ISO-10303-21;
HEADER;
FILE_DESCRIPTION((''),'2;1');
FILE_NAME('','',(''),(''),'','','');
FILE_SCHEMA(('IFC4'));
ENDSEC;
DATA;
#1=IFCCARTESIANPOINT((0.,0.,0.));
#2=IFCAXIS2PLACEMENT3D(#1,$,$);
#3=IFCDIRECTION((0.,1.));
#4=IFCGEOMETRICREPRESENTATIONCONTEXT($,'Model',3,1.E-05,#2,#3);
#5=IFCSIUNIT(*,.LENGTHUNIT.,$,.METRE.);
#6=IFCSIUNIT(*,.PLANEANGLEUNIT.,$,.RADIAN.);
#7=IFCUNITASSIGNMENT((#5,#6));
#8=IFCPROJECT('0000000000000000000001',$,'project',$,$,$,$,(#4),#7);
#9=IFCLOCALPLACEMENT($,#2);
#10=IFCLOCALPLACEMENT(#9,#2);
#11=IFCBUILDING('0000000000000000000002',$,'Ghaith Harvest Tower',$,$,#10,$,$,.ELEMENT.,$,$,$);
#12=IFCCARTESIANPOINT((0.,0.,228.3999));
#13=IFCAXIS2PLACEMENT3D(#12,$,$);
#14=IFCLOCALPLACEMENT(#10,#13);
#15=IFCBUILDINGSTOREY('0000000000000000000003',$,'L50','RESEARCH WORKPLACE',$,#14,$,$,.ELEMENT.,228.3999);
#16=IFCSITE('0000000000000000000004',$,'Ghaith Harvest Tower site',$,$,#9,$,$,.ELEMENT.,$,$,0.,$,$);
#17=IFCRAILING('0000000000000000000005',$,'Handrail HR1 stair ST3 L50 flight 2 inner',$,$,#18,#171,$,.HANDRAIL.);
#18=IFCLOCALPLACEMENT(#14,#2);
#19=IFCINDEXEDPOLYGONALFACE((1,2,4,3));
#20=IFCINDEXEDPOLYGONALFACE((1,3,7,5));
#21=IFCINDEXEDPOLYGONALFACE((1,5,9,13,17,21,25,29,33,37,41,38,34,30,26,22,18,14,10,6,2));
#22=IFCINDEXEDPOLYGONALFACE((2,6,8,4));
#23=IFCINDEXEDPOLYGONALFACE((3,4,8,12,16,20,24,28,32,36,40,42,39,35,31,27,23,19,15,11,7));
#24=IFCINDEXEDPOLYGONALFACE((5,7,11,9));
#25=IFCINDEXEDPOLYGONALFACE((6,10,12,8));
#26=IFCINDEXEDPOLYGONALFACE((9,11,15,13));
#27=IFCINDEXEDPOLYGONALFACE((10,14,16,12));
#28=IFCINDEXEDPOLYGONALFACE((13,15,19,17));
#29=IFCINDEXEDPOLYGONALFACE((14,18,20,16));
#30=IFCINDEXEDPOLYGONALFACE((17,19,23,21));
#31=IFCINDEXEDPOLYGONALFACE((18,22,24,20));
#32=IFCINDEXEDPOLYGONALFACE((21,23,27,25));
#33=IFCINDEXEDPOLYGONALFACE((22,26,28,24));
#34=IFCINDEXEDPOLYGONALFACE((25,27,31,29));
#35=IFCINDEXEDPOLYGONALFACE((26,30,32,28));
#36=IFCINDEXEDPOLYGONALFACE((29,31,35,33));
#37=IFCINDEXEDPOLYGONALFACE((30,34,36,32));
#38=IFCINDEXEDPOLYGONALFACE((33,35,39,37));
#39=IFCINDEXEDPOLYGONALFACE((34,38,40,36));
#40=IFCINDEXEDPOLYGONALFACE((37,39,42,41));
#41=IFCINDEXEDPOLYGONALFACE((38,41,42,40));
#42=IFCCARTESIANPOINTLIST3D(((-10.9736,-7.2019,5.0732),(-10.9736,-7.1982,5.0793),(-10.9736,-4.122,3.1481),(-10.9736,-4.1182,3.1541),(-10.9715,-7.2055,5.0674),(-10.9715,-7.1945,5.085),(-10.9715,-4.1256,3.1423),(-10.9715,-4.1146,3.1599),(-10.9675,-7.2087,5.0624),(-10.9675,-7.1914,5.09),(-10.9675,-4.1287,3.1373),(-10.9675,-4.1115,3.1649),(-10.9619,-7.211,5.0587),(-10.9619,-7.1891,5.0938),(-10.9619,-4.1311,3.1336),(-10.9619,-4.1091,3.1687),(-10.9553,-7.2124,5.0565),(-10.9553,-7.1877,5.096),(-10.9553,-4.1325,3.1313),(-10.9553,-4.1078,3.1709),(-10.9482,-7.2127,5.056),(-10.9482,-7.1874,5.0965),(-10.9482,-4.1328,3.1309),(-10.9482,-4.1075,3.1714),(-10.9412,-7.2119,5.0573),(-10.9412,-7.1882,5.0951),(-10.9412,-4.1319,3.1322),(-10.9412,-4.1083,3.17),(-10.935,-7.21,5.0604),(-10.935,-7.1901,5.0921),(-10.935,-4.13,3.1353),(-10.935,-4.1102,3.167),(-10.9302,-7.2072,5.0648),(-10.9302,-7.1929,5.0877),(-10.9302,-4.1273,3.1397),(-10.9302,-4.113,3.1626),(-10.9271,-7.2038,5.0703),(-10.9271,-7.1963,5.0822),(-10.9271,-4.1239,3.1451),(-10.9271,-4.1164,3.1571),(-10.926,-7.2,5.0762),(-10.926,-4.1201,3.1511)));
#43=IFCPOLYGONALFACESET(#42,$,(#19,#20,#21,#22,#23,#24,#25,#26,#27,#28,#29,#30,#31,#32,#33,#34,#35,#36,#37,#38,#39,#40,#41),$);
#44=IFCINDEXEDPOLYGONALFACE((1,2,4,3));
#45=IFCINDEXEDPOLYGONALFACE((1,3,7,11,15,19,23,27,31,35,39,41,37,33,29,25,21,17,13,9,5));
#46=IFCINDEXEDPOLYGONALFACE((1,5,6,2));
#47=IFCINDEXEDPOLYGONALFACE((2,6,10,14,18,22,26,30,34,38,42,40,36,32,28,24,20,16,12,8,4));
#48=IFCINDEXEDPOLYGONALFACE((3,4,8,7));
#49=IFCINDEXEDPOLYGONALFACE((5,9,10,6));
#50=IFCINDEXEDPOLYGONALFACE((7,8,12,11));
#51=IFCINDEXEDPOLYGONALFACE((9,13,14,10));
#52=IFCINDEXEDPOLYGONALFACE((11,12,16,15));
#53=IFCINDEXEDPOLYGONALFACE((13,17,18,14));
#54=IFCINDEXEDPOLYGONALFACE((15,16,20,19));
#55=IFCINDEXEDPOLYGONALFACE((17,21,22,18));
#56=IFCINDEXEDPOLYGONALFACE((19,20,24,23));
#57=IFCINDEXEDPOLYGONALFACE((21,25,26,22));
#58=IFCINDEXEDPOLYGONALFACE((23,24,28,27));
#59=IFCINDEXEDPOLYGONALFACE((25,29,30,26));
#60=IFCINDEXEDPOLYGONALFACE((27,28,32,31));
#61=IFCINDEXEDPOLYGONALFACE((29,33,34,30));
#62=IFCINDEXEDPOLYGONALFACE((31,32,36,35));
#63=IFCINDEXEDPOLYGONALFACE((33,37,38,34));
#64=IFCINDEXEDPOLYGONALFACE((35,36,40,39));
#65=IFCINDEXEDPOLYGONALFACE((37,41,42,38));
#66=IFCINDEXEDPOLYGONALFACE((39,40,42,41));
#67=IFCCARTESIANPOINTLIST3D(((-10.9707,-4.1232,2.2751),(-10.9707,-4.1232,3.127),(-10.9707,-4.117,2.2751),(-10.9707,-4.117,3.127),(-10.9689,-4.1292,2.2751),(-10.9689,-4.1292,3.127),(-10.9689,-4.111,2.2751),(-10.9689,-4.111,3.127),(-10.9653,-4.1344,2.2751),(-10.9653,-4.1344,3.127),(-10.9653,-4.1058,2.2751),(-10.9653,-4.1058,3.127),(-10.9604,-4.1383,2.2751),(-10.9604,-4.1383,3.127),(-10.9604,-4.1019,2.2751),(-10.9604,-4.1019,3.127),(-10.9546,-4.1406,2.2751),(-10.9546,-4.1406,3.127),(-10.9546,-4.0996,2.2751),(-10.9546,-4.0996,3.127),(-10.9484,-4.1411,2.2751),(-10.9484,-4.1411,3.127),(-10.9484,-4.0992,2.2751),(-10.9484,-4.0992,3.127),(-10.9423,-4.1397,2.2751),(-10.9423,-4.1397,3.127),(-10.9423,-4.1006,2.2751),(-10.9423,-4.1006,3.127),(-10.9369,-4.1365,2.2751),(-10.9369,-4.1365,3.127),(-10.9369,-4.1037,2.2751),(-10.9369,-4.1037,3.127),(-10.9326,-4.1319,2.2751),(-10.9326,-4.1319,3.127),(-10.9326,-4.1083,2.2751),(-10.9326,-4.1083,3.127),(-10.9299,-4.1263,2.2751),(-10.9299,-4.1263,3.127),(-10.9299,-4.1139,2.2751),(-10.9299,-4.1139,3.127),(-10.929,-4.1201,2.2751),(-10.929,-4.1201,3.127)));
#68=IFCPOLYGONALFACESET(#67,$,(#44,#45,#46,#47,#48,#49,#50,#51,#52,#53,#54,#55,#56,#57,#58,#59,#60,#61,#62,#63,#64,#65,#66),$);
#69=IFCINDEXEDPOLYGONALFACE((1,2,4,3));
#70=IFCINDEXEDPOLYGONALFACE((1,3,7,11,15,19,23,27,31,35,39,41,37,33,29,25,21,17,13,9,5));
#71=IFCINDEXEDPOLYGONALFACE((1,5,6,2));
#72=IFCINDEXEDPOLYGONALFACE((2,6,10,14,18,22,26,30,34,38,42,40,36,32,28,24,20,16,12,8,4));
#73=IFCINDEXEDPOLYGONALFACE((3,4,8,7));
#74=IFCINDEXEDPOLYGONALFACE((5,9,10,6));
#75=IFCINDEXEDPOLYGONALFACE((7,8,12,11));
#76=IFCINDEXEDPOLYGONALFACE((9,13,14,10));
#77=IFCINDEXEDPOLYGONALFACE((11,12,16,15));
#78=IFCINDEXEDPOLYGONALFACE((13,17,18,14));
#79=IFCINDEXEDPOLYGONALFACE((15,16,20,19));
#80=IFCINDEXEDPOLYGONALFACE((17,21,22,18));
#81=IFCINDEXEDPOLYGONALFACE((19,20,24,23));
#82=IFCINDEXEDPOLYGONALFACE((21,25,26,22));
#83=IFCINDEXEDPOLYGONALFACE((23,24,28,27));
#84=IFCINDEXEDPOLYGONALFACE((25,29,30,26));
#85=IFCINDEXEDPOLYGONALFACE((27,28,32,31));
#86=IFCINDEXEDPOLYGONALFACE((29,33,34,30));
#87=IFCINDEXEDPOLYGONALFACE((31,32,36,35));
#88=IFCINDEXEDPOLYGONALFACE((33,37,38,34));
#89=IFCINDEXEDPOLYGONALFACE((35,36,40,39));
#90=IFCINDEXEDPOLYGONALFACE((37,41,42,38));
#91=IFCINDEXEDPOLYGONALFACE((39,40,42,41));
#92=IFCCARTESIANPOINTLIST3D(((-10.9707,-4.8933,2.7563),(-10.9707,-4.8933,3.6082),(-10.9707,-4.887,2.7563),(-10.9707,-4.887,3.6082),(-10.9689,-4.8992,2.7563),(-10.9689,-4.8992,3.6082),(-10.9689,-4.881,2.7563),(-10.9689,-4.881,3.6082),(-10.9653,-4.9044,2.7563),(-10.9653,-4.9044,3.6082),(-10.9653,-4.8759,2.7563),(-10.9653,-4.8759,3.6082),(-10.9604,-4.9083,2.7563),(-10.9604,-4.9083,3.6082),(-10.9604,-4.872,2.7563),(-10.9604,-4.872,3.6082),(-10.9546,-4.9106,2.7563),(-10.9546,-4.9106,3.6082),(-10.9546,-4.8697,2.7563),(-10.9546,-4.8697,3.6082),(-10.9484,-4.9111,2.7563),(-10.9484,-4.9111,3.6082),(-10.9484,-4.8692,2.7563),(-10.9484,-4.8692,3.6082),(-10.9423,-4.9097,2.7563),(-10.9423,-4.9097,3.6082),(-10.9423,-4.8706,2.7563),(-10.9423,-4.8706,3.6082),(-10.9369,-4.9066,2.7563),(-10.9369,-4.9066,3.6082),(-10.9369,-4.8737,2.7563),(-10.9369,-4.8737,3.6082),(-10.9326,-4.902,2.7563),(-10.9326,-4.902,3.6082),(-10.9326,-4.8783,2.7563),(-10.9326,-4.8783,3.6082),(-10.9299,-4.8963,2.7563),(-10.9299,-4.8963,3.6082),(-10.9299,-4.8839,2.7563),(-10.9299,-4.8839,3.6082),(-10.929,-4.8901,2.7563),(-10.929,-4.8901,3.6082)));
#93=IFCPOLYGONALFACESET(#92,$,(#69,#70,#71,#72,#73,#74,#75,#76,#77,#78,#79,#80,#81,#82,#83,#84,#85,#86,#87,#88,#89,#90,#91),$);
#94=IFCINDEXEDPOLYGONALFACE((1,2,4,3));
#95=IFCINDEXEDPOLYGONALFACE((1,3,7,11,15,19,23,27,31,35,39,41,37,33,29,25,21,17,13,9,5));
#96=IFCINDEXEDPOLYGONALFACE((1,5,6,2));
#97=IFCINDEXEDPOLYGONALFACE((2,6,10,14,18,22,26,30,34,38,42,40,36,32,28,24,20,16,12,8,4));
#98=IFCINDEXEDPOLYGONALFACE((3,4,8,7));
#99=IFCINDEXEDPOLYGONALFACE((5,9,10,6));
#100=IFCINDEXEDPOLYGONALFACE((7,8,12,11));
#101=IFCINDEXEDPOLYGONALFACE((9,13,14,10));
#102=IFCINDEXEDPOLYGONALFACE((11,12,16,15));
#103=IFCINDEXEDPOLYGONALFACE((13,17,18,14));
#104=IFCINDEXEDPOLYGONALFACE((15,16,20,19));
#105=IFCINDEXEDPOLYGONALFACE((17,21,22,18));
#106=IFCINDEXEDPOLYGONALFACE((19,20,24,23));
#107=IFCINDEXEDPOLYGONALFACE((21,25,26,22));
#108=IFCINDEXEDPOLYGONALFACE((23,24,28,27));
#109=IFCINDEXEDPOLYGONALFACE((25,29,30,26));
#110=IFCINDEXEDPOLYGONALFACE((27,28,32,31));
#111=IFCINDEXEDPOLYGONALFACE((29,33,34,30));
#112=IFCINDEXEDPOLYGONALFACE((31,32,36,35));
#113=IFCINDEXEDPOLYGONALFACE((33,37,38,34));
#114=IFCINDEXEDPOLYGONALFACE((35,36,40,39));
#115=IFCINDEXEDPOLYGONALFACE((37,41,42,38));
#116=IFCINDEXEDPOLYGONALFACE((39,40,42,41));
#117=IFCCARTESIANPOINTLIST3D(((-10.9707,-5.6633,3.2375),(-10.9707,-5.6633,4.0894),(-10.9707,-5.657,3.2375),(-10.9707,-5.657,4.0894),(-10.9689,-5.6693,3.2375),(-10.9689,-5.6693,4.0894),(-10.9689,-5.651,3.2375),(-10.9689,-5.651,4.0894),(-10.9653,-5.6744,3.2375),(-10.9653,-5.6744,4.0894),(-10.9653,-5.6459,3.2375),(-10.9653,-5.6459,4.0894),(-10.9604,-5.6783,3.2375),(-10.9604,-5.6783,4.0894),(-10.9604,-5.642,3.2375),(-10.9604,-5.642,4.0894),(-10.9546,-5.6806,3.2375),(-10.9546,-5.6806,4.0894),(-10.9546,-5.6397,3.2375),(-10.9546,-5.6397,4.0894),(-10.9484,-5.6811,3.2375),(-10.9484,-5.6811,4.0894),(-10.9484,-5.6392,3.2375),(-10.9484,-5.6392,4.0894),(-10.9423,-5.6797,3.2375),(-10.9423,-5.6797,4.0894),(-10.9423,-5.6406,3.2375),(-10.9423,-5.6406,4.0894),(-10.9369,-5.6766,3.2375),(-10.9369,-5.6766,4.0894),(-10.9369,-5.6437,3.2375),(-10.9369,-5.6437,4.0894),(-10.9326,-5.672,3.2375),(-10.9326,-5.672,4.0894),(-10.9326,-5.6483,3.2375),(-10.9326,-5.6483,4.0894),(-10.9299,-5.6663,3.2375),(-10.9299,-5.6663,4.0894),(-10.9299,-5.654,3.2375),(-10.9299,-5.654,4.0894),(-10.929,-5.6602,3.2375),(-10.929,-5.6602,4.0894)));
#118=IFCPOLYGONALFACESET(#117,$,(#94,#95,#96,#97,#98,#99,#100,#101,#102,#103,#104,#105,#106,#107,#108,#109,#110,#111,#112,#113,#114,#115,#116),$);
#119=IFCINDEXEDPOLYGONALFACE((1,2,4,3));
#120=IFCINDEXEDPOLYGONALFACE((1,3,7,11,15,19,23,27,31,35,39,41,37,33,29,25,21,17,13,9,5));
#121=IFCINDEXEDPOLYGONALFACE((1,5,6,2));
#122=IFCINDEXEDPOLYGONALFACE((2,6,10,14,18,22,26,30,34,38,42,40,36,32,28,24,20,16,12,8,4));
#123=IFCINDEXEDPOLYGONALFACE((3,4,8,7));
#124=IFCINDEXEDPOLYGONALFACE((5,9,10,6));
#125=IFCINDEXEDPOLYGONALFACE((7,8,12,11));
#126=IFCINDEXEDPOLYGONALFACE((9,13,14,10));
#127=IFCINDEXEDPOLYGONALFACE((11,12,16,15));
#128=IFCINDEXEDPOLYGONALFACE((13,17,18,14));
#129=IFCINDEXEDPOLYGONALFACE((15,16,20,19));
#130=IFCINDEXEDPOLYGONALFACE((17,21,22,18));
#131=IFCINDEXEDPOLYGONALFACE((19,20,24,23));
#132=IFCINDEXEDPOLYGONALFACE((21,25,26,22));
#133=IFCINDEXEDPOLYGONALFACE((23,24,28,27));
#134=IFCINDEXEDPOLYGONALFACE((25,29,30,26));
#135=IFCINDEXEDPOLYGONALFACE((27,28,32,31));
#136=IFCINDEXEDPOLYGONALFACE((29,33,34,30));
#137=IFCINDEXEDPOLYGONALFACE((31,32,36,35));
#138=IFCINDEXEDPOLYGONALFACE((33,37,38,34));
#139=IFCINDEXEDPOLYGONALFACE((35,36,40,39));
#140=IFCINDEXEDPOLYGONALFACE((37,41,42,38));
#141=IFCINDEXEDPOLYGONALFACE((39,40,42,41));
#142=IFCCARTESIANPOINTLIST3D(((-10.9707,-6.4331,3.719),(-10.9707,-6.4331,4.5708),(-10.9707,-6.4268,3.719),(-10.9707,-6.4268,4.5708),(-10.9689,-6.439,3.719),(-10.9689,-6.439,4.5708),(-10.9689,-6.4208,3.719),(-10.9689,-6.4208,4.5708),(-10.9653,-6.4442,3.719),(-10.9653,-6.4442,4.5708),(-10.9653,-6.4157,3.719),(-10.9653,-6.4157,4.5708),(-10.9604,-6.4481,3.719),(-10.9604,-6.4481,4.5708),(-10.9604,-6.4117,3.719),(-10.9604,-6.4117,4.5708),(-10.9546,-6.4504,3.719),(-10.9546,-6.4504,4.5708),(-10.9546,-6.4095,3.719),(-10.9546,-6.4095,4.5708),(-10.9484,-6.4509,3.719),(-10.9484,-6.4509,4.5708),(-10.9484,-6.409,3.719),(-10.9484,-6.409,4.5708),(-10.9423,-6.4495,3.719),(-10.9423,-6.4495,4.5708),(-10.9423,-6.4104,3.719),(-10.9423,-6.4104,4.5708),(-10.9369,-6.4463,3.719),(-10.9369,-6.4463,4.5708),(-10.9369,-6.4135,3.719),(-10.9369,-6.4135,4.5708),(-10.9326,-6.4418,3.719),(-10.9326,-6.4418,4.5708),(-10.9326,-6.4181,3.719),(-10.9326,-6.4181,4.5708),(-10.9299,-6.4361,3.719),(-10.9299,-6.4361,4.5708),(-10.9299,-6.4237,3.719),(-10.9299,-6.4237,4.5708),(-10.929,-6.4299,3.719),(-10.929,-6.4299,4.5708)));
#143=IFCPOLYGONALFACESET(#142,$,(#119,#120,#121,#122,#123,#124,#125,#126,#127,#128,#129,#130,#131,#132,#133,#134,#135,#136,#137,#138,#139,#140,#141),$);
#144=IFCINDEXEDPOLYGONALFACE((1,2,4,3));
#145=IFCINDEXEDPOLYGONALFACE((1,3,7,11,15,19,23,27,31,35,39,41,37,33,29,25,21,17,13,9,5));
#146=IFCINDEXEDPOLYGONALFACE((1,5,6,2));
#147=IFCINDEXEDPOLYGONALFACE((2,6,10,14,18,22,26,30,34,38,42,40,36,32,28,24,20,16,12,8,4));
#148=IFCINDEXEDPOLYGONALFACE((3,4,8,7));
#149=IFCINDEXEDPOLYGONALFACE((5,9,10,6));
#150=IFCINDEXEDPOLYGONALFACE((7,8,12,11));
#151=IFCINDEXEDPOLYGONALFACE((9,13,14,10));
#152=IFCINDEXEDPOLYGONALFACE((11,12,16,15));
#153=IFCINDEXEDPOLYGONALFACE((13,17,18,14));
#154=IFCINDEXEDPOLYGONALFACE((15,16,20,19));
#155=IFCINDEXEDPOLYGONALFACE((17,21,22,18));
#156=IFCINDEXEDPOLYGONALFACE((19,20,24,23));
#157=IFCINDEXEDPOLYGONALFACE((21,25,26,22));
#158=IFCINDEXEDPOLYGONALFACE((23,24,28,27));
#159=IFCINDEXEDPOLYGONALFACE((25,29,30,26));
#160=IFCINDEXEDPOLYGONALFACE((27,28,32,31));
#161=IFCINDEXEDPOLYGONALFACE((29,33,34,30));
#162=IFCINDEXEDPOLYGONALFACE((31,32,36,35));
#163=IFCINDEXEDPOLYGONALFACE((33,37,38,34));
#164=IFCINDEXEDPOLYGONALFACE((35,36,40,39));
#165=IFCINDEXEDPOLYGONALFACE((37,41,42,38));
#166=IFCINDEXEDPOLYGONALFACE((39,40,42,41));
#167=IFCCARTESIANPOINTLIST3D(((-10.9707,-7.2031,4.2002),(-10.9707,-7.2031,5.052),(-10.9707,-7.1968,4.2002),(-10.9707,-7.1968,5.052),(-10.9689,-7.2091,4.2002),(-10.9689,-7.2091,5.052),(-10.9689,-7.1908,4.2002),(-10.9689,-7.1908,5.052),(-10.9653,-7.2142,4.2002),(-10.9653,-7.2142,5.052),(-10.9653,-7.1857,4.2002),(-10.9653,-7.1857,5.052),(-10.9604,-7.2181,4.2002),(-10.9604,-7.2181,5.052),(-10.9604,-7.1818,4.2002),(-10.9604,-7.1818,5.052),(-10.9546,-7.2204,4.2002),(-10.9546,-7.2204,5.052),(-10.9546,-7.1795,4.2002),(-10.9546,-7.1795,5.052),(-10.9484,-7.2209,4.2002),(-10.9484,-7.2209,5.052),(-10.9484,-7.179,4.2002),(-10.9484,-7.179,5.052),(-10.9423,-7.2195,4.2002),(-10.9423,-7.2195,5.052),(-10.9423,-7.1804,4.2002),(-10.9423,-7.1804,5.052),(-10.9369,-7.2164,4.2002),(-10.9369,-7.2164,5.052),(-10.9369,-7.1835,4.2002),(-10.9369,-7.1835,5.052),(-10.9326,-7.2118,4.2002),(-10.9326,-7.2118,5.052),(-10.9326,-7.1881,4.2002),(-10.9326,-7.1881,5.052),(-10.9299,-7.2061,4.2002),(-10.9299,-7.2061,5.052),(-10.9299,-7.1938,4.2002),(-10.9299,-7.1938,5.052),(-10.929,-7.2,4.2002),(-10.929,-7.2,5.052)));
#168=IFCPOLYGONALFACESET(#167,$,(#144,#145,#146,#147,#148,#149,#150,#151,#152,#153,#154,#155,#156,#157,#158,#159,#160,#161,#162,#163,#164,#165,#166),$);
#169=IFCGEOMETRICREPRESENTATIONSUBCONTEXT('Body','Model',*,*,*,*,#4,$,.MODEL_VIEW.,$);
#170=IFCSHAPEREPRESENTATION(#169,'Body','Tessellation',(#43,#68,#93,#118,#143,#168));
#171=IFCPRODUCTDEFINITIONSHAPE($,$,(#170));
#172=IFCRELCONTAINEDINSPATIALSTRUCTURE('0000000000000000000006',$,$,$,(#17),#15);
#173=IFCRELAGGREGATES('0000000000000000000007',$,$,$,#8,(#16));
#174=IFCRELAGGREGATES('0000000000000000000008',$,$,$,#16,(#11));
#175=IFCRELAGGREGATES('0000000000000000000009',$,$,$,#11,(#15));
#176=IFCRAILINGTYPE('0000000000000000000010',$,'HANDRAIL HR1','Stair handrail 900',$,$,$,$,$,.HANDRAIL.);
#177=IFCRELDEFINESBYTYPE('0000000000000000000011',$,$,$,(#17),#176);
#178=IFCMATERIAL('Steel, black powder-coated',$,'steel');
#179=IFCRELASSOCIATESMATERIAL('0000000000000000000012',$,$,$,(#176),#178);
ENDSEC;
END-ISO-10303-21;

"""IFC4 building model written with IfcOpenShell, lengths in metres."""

from ifc_helpers import new_model, si_unit, direction, frame, origin, origin_2d, place, context, subcontext, project, spatial, circle, extrude, material, type_object, element, save


model = new_model("IFC4")

# Units and contexts
model_context = context("Model", 3, precision=1e-05, world=origin(), true_north=direction((0.0, 1.0)))
body_context = subcontext(model_context, "Body", "Model", "MODEL_VIEW")
ifc_project = project(units=[si_unit("LENGTHUNIT", "METRE"), si_unit("PLANEANGLEUNIT", "RADIAN")], contexts=[model_context])

# Site, building, storey
site_placement = place(None, origin())
site = spatial("IfcSite", under=ifc_project, at=site_placement, Name="Ghaith Harvest Tower site", CompositionType="ELEMENT", RefElevation=0.0)
building_placement = place(site_placement, origin())
building = spatial("IfcBuilding", under=site, at=building_placement, Name="Ghaith Harvest Tower", CompositionType="ELEMENT")
storey_placement = place(building_placement, frame((0.0, 0.0, 228.3999)))
storey = spatial("IfcBuildingStorey", under=building, at=storey_placement, Name="L50", Description="RESEARCH WORKPLACE", CompositionType="ELEMENT", Elevation=228.3999)

# Railing
ifc_material_1 = material(Name="Steel, black powder-coated", Category="steel")
railing_type = type_object("IfcRailingType", Name="HANDRAIL HR1", Description="Stair handrail 900", PredefinedType="HANDRAIL", material=ifc_material_1)
railing_1_placement = place(storey_placement, frame((-10.95, -4.1201, 2.2751)))
element("IfcRailing", 1, at=railing_1_placement, inside=storey, type_object=railing_type, Name="Handrail HR1 stair ST3 L50 flight 2 inner", PredefinedType="HANDRAIL", context=body_context, shape_type="SweptSolid", body=[
    extrude(circle(Radius=0.0239, at=origin_2d()), frame((0.0, 0.0, 0.876), z_axis=(0.0, -0.847979, 0.530029), x_axis=(1.0, 0.0, 0.0)), (0.0, 0.0, 1.0), 3.6321),
    extrude(circle(Radius=0.021, at=origin_2d()), origin(), (0.0, 0.0, 1.0), 0.8518),
    extrude(circle(Radius=0.021, at=origin_2d()), frame((0.0, -0.77, 0.4812)), (0.0, 0.0, 1.0), 0.8518),
    extrude(circle(Radius=0.021, at=origin_2d()), frame((0.0, -1.54, 0.9624)), (0.0, 0.0, 1.0), 0.8518),
    extrude(circle(Radius=0.021, at=origin_2d()), frame((0.0, -2.3098, 1.4438)), (0.0, 0.0, 1.0), 0.8518),
    extrude(circle(Radius=0.021, at=origin_2d()), frame((0.0, -3.0798, 1.925)), (0.0, 0.0, 1.0), 0.8518),
])

save(model, "model.ifc")
